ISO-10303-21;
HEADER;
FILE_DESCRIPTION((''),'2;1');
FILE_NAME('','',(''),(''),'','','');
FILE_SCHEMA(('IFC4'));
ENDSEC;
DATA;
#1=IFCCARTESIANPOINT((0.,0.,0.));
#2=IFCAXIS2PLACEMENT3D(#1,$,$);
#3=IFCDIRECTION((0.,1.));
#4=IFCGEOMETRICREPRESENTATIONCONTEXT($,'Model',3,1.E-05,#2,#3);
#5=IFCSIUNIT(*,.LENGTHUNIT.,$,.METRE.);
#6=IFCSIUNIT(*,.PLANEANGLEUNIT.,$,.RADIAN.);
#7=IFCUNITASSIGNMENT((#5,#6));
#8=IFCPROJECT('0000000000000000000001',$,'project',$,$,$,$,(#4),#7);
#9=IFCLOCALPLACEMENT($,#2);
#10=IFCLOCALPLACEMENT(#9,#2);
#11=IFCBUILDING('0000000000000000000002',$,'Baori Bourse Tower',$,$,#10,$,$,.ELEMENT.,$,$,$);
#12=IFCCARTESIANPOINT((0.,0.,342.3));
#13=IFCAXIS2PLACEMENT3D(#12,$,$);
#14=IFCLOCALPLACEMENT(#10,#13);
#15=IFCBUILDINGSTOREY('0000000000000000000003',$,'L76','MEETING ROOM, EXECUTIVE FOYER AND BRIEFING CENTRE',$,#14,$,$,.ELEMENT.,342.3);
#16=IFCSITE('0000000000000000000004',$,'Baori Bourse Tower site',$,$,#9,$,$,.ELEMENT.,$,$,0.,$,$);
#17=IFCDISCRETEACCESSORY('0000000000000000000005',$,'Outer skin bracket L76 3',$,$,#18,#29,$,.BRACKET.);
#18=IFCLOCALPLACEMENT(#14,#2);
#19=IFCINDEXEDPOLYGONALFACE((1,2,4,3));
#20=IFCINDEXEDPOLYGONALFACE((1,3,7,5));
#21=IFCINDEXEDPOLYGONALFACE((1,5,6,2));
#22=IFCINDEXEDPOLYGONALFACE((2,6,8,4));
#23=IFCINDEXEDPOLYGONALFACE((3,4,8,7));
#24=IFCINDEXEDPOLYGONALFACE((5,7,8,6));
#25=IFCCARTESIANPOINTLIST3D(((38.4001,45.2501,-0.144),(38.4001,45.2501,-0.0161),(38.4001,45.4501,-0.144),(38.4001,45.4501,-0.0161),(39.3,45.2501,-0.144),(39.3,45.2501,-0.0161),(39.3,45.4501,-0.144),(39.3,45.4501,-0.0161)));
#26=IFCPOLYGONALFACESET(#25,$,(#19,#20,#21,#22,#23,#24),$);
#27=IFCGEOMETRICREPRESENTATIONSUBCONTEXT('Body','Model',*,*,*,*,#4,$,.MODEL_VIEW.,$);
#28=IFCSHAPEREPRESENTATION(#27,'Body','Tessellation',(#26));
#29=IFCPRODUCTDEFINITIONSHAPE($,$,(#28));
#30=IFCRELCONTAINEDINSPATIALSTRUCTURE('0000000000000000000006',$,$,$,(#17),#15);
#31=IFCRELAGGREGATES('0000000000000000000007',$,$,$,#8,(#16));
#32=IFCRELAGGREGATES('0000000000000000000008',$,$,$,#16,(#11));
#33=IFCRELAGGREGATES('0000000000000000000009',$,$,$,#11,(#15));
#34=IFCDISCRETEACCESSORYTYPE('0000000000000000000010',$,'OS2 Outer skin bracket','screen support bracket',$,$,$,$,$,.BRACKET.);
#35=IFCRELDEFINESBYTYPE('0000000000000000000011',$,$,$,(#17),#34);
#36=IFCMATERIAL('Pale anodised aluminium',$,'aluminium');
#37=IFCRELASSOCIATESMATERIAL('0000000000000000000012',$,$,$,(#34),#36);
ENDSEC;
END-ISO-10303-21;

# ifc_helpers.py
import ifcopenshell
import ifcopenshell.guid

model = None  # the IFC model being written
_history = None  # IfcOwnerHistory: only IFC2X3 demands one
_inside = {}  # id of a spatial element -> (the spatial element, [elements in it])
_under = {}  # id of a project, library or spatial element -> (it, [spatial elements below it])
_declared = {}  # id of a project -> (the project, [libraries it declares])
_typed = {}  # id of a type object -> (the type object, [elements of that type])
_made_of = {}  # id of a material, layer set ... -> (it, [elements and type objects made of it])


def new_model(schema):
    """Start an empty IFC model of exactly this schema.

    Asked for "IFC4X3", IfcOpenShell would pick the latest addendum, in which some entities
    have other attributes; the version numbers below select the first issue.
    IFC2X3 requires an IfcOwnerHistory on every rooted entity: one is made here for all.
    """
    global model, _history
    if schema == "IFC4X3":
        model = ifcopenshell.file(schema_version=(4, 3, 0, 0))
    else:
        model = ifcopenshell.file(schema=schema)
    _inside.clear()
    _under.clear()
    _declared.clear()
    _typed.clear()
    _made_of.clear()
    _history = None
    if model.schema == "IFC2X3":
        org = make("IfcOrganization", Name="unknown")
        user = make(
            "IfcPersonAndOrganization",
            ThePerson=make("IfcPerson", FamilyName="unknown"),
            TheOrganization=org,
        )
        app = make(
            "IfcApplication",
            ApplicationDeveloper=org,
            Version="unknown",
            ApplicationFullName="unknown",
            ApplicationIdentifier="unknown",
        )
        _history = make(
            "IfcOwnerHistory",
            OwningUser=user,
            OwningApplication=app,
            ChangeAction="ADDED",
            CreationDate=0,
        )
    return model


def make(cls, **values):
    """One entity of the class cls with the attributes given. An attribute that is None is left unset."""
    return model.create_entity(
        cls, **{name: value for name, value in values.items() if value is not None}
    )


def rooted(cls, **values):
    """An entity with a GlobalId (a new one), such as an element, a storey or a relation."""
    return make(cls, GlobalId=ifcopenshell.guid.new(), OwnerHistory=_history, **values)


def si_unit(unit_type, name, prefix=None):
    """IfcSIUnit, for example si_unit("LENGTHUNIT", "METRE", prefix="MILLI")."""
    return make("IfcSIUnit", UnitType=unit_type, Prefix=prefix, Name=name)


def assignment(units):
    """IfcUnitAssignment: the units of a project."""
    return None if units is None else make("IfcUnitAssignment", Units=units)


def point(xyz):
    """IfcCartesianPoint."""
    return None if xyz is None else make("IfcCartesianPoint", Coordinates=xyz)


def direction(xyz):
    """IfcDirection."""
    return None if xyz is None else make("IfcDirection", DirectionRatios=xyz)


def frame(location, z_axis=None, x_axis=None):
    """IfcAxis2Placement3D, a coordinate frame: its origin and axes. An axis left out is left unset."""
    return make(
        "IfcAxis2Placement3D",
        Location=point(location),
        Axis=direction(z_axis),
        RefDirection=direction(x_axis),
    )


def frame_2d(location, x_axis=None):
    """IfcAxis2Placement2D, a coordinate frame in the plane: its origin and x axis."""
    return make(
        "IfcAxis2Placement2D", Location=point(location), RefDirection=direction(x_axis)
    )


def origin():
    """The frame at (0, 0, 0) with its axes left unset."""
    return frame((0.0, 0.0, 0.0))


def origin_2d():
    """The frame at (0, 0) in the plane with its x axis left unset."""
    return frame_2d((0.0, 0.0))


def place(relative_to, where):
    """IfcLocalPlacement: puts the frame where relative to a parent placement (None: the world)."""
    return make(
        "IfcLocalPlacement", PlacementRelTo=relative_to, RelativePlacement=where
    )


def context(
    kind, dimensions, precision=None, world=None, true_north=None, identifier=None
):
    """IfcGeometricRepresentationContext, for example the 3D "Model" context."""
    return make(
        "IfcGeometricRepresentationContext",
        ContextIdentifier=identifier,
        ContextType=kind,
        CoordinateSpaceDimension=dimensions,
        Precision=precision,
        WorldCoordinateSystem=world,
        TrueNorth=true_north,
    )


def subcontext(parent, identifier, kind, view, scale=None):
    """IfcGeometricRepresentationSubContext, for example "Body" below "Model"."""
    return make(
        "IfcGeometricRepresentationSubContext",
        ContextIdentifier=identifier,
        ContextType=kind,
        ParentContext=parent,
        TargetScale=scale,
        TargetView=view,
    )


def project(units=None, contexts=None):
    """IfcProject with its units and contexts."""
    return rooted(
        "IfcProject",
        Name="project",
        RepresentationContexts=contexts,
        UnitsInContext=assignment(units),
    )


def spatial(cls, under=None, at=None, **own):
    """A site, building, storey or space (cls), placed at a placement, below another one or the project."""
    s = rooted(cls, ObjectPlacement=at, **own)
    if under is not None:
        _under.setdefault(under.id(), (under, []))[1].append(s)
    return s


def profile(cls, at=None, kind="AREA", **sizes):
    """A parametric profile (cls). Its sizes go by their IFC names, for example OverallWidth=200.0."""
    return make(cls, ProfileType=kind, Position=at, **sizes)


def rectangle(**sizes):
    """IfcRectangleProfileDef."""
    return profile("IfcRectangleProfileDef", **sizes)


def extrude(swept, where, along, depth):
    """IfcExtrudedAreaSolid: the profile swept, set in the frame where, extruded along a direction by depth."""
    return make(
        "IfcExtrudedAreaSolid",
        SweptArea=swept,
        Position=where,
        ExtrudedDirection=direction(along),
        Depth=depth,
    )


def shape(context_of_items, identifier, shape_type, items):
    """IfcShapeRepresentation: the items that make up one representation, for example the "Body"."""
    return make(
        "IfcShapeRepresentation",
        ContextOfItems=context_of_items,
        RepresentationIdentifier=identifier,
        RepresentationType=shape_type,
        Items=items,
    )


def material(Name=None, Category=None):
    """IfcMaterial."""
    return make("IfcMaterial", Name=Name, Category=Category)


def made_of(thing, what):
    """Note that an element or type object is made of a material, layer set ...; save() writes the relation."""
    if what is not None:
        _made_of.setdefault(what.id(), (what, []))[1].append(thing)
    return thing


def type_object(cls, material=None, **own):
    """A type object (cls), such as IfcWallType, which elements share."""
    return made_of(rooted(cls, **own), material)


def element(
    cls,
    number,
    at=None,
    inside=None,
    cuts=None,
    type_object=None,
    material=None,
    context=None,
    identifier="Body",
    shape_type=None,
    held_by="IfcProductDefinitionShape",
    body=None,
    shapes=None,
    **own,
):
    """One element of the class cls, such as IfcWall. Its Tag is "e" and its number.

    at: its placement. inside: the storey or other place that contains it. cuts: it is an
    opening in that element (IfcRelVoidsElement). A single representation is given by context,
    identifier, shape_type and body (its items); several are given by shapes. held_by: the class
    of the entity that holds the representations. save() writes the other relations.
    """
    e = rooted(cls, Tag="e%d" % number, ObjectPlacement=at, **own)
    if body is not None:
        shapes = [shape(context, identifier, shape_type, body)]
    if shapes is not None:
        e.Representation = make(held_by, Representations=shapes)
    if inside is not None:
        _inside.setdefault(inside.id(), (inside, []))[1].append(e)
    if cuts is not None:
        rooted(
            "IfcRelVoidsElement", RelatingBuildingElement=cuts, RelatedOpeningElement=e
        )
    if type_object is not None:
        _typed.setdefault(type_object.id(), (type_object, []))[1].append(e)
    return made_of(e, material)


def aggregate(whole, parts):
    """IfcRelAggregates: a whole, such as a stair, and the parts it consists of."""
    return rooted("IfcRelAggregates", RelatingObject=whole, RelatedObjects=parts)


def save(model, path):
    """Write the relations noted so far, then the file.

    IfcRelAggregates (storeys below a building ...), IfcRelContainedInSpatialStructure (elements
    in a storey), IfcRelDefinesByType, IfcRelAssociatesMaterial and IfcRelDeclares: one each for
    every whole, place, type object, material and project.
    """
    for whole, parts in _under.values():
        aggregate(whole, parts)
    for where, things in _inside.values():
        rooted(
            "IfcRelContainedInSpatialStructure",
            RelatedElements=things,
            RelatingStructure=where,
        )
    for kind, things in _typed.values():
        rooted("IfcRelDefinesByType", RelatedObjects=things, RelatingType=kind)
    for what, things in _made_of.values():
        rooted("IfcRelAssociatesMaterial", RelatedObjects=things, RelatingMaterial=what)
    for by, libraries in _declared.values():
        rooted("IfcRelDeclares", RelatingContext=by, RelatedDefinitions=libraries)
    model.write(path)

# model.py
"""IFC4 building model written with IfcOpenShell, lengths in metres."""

from ifc_helpers import new_model, si_unit, direction, frame, origin, origin_2d, place, context, subcontext, project, spatial, rectangle, extrude, material, type_object, element, save


model = new_model("IFC4")

# Units and contexts
model_context = context("Model", 3, precision=1e-05, world=origin(), true_north=direction((0.0, 1.0)))
body_context = subcontext(model_context, "Body", "Model", "MODEL_VIEW")
ifc_project = project(units=[si_unit("LENGTHUNIT", "METRE"), si_unit("PLANEANGLEUNIT", "RADIAN")], contexts=[model_context])

# Site, building, storey
site_placement = place(None, origin())
site = spatial("IfcSite", under=ifc_project, at=site_placement, Name="Baori Bourse Tower site", CompositionType="ELEMENT", RefElevation=0.0)
building_placement = place(site_placement, origin())
building = spatial("IfcBuilding", under=site, at=building_placement, Name="Baori Bourse Tower", CompositionType="ELEMENT")
storey_placement = place(building_placement, frame((0.0, 0.0, 342.3)))
storey = spatial("IfcBuildingStorey", under=building, at=storey_placement, Name="L76", Description="MEETING ROOM, EXECUTIVE FOYER AND BRIEFING CENTRE", CompositionType="ELEMENT", Elevation=342.3)

# Discrete accessory
ifc_material_1 = material(Name="Pale anodised aluminium", Category="aluminium")
discrete_accessory_type = type_object("IfcDiscreteAccessoryType", Name="OS2 Outer skin bracket", Description="screen support bracket", PredefinedType="BRACKET", material=ifc_material_1)
for number, where, z_axis, x_axis, name in (
    (1, (38.8501, 45.3501, -0.144), (0.0, 0.0, 1.0), (0.0, 1.0, 0.0), "Outer skin bracket L76 3"),
):
    element("IfcDiscreteAccessory", number, at=place(storey_placement, frame(where, z_axis=z_axis, x_axis=x_axis)), inside=storey, type_object=discrete_accessory_type, Name=name, PredefinedType="BRACKET", context=body_context, shape_type="SweptSolid", body=[
        extrude(rectangle(XDim=0.2, YDim=0.8999, at=origin_2d()), origin(), (0.0, 0.0, 1.0), 0.1279),
    ])

save(model, "model.ifc")
